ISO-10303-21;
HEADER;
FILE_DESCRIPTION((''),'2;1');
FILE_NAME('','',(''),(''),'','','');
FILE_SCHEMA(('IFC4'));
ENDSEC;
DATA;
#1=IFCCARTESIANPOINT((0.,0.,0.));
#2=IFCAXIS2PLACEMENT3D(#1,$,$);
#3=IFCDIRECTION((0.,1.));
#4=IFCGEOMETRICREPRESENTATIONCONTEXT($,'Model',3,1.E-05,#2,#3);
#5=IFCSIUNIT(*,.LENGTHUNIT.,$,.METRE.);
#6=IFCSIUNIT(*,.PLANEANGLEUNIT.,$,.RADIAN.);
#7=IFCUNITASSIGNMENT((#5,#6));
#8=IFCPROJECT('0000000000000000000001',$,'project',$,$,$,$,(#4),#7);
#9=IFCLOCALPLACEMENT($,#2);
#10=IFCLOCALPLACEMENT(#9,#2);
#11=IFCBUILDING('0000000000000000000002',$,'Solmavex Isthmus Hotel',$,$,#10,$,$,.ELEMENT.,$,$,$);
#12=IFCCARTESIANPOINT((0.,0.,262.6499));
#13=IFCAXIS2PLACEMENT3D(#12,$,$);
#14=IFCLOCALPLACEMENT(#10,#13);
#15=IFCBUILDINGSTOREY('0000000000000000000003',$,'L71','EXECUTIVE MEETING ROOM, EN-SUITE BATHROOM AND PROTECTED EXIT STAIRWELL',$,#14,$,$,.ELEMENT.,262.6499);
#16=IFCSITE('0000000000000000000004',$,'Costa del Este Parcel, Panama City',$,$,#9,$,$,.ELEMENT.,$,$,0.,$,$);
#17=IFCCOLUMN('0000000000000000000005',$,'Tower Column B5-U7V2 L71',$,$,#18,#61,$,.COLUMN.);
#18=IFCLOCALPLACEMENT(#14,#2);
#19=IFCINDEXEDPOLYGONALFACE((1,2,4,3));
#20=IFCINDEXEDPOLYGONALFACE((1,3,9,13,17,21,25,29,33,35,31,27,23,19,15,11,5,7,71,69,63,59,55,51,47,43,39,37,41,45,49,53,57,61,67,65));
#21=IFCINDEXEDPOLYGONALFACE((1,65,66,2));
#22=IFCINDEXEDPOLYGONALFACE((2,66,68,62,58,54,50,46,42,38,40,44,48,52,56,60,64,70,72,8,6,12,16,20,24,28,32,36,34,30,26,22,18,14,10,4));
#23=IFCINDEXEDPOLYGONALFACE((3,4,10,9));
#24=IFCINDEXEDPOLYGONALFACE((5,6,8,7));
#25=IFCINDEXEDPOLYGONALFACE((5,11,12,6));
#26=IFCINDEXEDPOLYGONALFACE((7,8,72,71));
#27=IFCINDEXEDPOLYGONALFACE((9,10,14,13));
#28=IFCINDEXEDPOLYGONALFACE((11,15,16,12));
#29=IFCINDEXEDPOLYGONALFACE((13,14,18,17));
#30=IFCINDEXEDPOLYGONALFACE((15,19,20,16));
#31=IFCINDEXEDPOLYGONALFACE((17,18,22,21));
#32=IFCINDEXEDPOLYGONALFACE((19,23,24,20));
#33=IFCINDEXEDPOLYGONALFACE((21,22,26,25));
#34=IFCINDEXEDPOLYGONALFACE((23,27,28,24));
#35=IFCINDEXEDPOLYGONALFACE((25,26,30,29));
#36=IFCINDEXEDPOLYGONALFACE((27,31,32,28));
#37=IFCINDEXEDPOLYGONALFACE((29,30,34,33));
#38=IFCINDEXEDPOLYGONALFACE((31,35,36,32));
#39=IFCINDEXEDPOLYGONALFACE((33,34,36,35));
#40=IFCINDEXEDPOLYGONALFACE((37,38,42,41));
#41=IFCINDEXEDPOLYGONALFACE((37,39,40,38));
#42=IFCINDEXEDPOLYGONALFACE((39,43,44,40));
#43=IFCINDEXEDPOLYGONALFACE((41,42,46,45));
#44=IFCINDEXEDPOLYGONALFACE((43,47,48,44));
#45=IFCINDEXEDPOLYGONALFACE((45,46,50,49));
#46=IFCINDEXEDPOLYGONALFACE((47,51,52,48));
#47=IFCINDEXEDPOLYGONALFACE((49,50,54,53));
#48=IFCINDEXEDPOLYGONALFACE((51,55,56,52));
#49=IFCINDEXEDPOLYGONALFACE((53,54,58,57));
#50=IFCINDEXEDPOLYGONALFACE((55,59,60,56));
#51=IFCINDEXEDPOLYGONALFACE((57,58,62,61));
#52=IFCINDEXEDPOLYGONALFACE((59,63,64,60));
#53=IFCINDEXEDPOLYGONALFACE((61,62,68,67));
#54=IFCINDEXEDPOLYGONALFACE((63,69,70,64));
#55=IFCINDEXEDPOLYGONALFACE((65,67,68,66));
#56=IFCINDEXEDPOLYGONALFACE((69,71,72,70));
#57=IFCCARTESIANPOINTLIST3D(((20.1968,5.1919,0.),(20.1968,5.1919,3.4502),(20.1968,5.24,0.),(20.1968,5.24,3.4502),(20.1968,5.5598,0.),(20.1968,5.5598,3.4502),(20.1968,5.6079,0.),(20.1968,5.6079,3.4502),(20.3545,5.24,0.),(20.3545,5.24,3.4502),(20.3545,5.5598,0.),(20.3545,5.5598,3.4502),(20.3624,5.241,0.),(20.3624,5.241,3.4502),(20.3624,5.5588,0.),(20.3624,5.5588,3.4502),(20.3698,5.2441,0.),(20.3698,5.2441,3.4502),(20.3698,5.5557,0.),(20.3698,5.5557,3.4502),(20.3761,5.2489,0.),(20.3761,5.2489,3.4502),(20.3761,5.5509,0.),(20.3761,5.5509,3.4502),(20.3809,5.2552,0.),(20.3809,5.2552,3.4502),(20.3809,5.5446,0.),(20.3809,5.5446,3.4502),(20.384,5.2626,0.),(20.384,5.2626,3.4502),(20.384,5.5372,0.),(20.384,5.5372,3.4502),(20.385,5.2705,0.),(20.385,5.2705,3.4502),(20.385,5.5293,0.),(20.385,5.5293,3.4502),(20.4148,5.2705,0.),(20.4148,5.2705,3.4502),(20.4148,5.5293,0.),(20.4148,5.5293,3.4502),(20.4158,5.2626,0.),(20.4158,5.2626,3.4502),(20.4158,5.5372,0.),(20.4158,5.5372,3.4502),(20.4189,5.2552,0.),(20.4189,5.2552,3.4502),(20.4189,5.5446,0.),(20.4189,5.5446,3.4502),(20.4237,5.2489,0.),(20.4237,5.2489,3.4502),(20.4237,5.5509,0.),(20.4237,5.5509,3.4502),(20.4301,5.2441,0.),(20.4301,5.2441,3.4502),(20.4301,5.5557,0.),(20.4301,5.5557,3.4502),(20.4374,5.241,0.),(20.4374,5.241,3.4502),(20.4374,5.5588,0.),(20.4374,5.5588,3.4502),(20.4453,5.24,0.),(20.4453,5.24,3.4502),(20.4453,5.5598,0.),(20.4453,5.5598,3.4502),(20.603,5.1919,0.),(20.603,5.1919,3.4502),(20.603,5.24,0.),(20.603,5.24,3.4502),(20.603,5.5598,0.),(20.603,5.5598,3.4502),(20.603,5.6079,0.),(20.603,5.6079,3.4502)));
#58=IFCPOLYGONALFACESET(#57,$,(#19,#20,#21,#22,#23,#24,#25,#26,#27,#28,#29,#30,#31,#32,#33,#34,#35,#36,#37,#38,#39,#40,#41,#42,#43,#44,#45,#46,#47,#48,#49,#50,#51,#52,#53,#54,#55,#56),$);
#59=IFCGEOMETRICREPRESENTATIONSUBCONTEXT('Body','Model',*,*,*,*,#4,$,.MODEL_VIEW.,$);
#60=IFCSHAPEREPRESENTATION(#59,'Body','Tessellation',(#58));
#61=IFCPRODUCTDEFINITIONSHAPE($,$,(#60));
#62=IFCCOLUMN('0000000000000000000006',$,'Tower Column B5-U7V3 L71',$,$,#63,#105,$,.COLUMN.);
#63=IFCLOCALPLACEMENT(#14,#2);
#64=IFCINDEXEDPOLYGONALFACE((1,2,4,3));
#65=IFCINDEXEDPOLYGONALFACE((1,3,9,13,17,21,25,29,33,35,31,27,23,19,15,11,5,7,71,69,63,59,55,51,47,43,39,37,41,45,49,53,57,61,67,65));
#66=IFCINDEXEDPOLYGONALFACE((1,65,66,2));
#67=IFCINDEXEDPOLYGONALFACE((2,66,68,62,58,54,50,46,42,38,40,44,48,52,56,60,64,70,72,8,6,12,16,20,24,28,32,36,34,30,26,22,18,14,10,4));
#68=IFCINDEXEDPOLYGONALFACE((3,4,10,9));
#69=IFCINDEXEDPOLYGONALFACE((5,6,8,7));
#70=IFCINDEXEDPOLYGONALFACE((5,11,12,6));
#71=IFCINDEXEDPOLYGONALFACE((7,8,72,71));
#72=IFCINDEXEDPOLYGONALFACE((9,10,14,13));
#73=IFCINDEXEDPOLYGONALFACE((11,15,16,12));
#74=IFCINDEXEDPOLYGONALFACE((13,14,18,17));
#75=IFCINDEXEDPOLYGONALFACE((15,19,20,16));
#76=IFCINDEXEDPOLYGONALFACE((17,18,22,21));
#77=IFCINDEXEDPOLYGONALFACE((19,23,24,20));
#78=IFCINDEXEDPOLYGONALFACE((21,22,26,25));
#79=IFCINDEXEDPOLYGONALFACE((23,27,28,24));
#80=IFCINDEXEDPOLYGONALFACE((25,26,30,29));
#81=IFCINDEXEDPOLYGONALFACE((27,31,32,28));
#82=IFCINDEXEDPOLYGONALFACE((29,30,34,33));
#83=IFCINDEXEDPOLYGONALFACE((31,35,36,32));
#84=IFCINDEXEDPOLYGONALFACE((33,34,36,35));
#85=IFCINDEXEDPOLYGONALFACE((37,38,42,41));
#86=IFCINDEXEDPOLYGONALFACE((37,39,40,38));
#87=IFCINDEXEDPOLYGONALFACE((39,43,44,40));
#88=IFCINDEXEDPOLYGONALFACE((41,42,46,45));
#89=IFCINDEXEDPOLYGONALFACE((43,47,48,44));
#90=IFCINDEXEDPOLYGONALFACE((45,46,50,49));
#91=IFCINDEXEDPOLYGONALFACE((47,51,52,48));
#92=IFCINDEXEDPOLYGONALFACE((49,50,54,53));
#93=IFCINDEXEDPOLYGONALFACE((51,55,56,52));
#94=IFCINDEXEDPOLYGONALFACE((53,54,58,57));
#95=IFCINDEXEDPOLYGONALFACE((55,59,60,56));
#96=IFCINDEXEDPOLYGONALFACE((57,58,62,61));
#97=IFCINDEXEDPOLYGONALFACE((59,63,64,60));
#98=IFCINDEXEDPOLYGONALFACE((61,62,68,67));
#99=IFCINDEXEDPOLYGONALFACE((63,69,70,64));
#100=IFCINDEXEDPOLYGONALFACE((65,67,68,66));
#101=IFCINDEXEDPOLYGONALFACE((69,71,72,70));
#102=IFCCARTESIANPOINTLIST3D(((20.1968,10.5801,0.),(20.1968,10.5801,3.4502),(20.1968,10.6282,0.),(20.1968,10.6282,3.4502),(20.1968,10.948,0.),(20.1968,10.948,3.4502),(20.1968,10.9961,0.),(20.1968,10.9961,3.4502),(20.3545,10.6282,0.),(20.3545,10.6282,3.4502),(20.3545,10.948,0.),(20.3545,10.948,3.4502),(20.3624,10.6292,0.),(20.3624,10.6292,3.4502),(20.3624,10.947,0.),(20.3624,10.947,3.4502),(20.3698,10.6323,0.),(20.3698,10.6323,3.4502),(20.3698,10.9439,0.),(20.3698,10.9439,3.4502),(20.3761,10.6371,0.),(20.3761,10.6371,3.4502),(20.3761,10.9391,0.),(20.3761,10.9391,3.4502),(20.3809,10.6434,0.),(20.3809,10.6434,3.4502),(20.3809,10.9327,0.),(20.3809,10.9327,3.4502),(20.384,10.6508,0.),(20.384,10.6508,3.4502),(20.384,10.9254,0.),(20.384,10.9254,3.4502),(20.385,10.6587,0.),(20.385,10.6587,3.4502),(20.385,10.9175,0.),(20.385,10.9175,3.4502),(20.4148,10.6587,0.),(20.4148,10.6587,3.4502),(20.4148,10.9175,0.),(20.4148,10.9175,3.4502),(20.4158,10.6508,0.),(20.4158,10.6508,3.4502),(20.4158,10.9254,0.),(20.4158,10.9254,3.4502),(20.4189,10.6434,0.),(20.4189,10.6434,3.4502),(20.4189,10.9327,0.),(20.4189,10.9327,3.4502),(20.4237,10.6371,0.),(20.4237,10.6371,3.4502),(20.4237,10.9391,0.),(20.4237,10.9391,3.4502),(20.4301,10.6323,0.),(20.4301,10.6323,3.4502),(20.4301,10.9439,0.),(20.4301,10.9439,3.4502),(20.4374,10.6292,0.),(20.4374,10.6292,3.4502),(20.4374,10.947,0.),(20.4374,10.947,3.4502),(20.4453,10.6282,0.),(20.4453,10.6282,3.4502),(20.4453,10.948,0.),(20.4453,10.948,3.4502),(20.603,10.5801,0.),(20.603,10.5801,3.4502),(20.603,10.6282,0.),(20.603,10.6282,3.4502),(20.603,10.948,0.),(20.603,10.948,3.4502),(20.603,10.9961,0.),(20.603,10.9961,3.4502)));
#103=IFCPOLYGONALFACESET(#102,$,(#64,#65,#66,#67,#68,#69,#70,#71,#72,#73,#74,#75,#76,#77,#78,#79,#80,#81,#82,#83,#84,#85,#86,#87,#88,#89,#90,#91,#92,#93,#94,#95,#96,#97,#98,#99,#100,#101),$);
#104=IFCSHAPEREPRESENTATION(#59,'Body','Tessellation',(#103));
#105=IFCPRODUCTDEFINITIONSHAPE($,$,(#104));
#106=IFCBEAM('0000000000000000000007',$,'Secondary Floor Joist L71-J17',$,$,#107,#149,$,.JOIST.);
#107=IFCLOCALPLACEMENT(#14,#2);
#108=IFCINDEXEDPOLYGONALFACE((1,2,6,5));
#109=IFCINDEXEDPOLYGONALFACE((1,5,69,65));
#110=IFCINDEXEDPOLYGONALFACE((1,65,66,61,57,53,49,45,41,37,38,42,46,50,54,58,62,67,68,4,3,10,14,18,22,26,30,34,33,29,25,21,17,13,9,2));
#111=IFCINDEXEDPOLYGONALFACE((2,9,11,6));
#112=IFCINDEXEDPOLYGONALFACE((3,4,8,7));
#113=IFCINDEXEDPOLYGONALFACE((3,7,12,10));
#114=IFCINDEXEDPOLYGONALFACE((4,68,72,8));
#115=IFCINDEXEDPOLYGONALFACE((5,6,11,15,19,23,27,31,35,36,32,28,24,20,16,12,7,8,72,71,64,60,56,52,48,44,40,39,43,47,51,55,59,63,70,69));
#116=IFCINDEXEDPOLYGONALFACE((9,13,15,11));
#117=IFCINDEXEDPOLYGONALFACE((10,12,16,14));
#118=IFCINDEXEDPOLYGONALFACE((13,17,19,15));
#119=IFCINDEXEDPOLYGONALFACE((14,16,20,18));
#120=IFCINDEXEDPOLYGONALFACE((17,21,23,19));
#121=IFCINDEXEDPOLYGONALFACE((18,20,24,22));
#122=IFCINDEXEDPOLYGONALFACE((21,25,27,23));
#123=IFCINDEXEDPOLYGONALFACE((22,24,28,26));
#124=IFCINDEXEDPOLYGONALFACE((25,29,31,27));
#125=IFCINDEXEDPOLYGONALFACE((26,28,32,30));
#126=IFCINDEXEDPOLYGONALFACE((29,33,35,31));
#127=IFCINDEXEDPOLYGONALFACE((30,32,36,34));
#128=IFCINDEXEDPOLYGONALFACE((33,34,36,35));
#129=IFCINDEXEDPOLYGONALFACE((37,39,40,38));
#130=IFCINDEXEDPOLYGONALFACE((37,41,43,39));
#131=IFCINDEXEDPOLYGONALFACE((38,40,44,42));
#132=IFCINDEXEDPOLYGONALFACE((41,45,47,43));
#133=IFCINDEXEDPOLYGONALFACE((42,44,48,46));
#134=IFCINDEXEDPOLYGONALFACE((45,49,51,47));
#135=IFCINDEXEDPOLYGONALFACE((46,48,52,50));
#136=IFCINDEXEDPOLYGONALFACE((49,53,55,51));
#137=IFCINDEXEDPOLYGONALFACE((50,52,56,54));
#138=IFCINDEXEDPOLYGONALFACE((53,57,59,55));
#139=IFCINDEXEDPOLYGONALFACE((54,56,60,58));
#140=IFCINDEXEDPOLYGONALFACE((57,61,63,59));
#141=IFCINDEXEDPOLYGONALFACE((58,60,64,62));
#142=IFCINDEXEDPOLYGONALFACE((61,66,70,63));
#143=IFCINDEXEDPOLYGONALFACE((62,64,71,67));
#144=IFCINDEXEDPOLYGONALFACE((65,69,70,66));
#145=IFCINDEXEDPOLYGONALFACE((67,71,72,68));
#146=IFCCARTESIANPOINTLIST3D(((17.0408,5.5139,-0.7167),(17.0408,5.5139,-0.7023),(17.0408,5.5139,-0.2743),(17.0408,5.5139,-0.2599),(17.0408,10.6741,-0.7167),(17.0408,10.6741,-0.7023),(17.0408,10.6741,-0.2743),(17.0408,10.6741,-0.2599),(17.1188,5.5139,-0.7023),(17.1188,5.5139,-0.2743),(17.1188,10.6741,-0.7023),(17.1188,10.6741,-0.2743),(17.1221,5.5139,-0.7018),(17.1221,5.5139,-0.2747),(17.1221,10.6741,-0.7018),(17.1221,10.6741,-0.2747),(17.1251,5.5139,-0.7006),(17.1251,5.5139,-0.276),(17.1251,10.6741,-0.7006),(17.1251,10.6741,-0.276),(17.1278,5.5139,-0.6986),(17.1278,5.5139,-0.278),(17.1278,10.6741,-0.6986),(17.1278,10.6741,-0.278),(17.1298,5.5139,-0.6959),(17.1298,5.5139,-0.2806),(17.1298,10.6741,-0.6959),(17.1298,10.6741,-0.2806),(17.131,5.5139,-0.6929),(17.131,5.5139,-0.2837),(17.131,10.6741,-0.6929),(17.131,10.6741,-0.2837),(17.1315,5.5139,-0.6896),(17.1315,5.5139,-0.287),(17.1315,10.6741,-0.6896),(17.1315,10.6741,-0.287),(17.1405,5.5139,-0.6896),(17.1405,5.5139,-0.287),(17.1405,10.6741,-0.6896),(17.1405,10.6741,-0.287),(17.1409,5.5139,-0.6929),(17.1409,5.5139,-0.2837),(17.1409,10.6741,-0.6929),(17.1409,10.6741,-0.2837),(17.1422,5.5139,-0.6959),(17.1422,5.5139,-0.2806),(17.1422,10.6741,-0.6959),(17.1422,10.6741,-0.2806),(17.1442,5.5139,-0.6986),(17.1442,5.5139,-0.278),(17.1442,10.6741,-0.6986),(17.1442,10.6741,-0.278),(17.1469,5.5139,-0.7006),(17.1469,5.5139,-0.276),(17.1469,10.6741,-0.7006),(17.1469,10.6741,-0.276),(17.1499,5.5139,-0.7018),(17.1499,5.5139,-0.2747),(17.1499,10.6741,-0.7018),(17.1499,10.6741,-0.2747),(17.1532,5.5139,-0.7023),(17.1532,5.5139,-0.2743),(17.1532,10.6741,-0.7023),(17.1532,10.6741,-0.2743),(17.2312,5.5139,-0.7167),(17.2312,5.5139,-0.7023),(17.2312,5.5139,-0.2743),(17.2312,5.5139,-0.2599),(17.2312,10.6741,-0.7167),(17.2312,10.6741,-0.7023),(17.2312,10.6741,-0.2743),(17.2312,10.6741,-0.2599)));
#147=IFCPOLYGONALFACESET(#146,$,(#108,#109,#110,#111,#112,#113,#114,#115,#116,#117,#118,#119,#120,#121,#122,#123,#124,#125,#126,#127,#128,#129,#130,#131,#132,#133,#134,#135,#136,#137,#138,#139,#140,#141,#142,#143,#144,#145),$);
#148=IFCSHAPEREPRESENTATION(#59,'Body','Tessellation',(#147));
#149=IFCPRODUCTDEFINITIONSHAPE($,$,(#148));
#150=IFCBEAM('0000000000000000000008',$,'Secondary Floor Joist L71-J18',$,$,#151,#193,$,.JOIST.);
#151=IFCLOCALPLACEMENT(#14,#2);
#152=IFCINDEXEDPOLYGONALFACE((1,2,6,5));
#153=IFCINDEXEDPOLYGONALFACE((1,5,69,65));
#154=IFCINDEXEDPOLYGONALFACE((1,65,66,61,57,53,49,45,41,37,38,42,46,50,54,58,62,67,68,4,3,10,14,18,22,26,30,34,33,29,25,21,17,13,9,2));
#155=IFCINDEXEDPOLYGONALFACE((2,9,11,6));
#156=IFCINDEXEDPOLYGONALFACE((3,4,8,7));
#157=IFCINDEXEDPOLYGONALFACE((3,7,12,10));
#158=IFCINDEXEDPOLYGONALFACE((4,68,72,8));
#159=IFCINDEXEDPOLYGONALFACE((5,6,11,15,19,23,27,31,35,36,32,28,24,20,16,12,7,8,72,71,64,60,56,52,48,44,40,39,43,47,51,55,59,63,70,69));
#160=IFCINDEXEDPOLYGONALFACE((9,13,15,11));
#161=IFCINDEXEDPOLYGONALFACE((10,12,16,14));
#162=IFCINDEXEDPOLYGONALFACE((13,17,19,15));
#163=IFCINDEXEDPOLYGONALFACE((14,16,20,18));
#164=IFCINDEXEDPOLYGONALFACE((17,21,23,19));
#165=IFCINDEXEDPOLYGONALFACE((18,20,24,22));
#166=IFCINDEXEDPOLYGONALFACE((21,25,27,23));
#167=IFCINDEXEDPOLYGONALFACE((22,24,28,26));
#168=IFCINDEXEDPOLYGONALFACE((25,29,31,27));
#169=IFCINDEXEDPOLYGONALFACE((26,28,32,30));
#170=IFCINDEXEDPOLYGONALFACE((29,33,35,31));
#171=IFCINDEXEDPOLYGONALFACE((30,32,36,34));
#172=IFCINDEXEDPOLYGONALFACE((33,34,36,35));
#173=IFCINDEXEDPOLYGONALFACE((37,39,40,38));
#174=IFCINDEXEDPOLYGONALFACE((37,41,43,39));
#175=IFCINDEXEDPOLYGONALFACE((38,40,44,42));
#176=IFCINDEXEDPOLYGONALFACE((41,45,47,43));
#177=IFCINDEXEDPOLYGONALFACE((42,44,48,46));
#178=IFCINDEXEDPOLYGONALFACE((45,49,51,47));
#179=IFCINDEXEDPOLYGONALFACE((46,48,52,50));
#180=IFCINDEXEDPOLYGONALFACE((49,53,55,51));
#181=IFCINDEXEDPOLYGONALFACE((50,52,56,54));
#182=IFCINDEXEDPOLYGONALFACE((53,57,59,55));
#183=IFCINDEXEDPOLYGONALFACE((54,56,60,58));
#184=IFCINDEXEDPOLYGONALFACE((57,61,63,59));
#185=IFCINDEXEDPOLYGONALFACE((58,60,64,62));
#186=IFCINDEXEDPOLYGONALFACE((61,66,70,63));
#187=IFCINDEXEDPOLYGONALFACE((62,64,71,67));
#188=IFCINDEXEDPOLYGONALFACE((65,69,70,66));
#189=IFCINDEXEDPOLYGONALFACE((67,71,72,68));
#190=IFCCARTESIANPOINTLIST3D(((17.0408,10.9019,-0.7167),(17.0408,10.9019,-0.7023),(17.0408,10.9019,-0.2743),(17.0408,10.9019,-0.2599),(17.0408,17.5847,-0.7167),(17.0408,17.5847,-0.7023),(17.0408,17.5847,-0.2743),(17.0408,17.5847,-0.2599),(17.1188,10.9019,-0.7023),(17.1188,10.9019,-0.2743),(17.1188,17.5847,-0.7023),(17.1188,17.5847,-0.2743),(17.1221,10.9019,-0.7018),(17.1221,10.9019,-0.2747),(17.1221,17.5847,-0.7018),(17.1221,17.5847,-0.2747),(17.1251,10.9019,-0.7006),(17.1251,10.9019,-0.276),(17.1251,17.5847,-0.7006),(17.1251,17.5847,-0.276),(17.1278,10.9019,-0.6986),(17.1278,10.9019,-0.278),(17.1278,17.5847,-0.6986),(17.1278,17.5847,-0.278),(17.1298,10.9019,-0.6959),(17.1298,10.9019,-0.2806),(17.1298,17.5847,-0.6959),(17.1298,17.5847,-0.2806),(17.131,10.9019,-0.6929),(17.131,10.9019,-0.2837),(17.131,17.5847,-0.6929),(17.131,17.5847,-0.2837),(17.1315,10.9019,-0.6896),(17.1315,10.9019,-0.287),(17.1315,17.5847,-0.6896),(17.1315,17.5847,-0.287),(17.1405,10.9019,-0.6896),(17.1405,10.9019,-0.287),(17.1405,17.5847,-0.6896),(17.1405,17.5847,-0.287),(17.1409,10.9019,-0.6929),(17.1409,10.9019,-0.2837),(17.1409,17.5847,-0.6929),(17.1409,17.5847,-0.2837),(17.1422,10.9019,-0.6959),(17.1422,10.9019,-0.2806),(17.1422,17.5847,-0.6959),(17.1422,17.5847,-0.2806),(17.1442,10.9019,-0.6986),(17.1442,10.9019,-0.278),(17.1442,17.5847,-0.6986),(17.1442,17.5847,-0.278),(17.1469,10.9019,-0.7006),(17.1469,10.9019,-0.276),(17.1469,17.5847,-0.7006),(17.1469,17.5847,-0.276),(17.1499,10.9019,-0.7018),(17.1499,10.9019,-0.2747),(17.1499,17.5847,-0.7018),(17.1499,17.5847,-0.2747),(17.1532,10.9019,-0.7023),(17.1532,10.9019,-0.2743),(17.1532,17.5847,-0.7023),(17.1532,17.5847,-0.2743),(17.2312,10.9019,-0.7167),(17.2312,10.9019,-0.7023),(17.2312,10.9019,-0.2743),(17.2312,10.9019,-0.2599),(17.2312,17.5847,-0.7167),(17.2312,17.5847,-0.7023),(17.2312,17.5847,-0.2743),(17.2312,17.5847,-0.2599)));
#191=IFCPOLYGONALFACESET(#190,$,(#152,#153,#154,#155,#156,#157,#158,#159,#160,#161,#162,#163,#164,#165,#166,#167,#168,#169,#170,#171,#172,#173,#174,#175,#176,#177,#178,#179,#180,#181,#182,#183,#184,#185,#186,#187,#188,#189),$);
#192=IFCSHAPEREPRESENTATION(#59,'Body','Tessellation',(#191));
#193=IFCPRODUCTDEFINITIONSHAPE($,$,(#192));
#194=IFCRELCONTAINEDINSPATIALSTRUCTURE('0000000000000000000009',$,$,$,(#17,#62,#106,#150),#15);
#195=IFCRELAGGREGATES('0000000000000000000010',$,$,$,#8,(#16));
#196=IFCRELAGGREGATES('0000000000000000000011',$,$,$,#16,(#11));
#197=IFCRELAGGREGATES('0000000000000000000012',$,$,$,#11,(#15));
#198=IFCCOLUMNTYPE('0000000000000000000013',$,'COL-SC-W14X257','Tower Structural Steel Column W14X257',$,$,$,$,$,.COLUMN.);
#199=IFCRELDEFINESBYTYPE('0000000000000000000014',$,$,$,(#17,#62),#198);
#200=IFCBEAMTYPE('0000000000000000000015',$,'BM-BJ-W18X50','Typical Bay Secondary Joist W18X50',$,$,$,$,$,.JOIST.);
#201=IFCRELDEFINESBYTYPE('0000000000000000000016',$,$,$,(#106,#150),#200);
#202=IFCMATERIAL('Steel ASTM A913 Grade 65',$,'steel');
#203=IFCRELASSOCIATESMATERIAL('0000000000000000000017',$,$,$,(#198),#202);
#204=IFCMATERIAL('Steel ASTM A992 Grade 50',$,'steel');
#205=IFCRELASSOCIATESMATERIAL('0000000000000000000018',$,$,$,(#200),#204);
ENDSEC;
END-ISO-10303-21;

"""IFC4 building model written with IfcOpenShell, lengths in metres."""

from ifc_helpers import new_model, si_unit, direction, frame, origin, origin_2d, place, context, subcontext, project, spatial, i_section, extrude, material, material_profile, profile_set, type_object, element, save


model = new_model("IFC4")

# Units and contexts
model_context = context("Model", 3, precision=1e-05, world=origin(), true_north=direction((0.0, 1.0)))
body_context = subcontext(model_context, "Body", "Model", "MODEL_VIEW")
ifc_project = project(units=[si_unit("LENGTHUNIT", "METRE"), si_unit("PLANEANGLEUNIT", "RADIAN")], contexts=[model_context])

# Site, building, storey
site_placement = place(None, origin())
site = spatial("IfcSite", under=ifc_project, at=site_placement, Name="Costa del Este Parcel, Panama City", CompositionType="ELEMENT", RefElevation=0.0)
building_placement = place(site_placement, origin())
building = spatial("IfcBuilding", under=site, at=building_placement, Name="Solmavex Isthmus Hotel", CompositionType="ELEMENT")
storey_placement = place(building_placement, frame((0.0, 0.0, 262.6499)))
storey = spatial("IfcBuildingStorey", under=building, at=storey_placement, Name="L71", Description="EXECUTIVE MEETING ROOM, EN-SUITE BATHROOM AND PROTECTED EXIT STAIRWELL", CompositionType="ELEMENT", Elevation=262.6499)

# Columns
ifc_material_1 = material(Name="Steel ASTM A913 Grade 65", Category="steel")
ifc_material_profile_1 = material_profile(ifc_material_1, i_section(OverallWidth=0.4062, OverallDepth=0.416, WebThickness=0.0298, FlangeThickness=0.0481, FilletRadius=0.0305, at=origin_2d()), Name="W14X257")
ifc_profile_set_1 = profile_set([ifc_material_profile_1], Name="Steel ASTM A913 Grade 65")
column_type = type_object("IfcColumnType", Name="COL-SC-W14X257", Description="Tower Structural Steel Column W14X257", PredefinedType="COLUMN", material=ifc_profile_set_1)
for number, where, z_axis, x_axis, name in (
    (1, (20.3999, 5.3999, 0.0), (0.0, 0.0, 1.0), (1.0, 0.0, 0.0), "Tower Column B5-U7V2 L71"),
    (2, (20.3999, 10.7881, 0.0), (0.0, 0.0, 1.0), (1.0, 0.0, 0.0), "Tower Column B5-U7V3 L71"),
):
    element("IfcColumn", number, at=place(storey_placement, frame(where, z_axis=z_axis, x_axis=x_axis)), inside=storey, type_object=column_type, Name=name, PredefinedType="COLUMN", context=body_context, shape_type="SweptSolid", body=[
        extrude(i_section(OverallWidth=0.4062, OverallDepth=0.416, WebThickness=0.0298, FlangeThickness=0.0481, FilletRadius=0.0305, at=origin_2d()), origin(), (0.0, 0.0, 1.0), 3.4502),
    ])

# Beams
ifc_material_2 = material(Name="Steel ASTM A992 Grade 50", Category="steel")
ifc_material_profile_2 = material_profile(ifc_material_2, i_section(OverallWidth=0.1904, OverallDepth=0.4568, WebThickness=0.009, FlangeThickness=0.0144, FilletRadius=0.0127, at=origin_2d()), Name="W18X50")
ifc_profile_set_2 = profile_set([ifc_material_profile_2], Name="Steel ASTM A992 Grade 50")
beam_type_1 = type_object("IfcBeamType", Name="BM-BJ-W18X50", Description="Typical Bay Secondary Joist W18X50", PredefinedType="JOIST", material=ifc_profile_set_2)
beam_1_placement = place(storey_placement, frame((17.136, 5.5139, -0.4883), z_axis=(0.0, 1.0, 0.0), x_axis=(-1.0, 0.0, 0.0)))
element("IfcBeam", 3, at=beam_1_placement, inside=storey, type_object=beam_type_1, Name="Secondary Floor Joist L71-J17", PredefinedType="JOIST", context=body_context, shape_type="SweptSolid", body=[
    extrude(i_section(OverallWidth=0.1904, OverallDepth=0.4568, WebThickness=0.009, FlangeThickness=0.0144, FilletRadius=0.0127, at=origin_2d()), origin(), (0.0, 0.0, 1.0), 5.1602),
])
beam_2_placement = place(storey_placement, frame((17.136, 10.9019, -0.4883), z_axis=(0.0, 1.0, 0.0), x_axis=(-1.0, 0.0, 0.0)))
element("IfcBeam", 4, at=beam_2_placement, inside=storey, type_object=beam_type_1, Name="Secondary Floor Joist L71-J18", PredefinedType="JOIST", context=body_context, shape_type="SweptSolid", body=[
    extrude(i_section(OverallWidth=0.1904, OverallDepth=0.4568, WebThickness=0.009, FlangeThickness=0.0144, FilletRadius=0.0127, at=origin_2d()), origin(), (0.0, 0.0, 1.0), 6.6829),
])

save(model, "model.ifc")
